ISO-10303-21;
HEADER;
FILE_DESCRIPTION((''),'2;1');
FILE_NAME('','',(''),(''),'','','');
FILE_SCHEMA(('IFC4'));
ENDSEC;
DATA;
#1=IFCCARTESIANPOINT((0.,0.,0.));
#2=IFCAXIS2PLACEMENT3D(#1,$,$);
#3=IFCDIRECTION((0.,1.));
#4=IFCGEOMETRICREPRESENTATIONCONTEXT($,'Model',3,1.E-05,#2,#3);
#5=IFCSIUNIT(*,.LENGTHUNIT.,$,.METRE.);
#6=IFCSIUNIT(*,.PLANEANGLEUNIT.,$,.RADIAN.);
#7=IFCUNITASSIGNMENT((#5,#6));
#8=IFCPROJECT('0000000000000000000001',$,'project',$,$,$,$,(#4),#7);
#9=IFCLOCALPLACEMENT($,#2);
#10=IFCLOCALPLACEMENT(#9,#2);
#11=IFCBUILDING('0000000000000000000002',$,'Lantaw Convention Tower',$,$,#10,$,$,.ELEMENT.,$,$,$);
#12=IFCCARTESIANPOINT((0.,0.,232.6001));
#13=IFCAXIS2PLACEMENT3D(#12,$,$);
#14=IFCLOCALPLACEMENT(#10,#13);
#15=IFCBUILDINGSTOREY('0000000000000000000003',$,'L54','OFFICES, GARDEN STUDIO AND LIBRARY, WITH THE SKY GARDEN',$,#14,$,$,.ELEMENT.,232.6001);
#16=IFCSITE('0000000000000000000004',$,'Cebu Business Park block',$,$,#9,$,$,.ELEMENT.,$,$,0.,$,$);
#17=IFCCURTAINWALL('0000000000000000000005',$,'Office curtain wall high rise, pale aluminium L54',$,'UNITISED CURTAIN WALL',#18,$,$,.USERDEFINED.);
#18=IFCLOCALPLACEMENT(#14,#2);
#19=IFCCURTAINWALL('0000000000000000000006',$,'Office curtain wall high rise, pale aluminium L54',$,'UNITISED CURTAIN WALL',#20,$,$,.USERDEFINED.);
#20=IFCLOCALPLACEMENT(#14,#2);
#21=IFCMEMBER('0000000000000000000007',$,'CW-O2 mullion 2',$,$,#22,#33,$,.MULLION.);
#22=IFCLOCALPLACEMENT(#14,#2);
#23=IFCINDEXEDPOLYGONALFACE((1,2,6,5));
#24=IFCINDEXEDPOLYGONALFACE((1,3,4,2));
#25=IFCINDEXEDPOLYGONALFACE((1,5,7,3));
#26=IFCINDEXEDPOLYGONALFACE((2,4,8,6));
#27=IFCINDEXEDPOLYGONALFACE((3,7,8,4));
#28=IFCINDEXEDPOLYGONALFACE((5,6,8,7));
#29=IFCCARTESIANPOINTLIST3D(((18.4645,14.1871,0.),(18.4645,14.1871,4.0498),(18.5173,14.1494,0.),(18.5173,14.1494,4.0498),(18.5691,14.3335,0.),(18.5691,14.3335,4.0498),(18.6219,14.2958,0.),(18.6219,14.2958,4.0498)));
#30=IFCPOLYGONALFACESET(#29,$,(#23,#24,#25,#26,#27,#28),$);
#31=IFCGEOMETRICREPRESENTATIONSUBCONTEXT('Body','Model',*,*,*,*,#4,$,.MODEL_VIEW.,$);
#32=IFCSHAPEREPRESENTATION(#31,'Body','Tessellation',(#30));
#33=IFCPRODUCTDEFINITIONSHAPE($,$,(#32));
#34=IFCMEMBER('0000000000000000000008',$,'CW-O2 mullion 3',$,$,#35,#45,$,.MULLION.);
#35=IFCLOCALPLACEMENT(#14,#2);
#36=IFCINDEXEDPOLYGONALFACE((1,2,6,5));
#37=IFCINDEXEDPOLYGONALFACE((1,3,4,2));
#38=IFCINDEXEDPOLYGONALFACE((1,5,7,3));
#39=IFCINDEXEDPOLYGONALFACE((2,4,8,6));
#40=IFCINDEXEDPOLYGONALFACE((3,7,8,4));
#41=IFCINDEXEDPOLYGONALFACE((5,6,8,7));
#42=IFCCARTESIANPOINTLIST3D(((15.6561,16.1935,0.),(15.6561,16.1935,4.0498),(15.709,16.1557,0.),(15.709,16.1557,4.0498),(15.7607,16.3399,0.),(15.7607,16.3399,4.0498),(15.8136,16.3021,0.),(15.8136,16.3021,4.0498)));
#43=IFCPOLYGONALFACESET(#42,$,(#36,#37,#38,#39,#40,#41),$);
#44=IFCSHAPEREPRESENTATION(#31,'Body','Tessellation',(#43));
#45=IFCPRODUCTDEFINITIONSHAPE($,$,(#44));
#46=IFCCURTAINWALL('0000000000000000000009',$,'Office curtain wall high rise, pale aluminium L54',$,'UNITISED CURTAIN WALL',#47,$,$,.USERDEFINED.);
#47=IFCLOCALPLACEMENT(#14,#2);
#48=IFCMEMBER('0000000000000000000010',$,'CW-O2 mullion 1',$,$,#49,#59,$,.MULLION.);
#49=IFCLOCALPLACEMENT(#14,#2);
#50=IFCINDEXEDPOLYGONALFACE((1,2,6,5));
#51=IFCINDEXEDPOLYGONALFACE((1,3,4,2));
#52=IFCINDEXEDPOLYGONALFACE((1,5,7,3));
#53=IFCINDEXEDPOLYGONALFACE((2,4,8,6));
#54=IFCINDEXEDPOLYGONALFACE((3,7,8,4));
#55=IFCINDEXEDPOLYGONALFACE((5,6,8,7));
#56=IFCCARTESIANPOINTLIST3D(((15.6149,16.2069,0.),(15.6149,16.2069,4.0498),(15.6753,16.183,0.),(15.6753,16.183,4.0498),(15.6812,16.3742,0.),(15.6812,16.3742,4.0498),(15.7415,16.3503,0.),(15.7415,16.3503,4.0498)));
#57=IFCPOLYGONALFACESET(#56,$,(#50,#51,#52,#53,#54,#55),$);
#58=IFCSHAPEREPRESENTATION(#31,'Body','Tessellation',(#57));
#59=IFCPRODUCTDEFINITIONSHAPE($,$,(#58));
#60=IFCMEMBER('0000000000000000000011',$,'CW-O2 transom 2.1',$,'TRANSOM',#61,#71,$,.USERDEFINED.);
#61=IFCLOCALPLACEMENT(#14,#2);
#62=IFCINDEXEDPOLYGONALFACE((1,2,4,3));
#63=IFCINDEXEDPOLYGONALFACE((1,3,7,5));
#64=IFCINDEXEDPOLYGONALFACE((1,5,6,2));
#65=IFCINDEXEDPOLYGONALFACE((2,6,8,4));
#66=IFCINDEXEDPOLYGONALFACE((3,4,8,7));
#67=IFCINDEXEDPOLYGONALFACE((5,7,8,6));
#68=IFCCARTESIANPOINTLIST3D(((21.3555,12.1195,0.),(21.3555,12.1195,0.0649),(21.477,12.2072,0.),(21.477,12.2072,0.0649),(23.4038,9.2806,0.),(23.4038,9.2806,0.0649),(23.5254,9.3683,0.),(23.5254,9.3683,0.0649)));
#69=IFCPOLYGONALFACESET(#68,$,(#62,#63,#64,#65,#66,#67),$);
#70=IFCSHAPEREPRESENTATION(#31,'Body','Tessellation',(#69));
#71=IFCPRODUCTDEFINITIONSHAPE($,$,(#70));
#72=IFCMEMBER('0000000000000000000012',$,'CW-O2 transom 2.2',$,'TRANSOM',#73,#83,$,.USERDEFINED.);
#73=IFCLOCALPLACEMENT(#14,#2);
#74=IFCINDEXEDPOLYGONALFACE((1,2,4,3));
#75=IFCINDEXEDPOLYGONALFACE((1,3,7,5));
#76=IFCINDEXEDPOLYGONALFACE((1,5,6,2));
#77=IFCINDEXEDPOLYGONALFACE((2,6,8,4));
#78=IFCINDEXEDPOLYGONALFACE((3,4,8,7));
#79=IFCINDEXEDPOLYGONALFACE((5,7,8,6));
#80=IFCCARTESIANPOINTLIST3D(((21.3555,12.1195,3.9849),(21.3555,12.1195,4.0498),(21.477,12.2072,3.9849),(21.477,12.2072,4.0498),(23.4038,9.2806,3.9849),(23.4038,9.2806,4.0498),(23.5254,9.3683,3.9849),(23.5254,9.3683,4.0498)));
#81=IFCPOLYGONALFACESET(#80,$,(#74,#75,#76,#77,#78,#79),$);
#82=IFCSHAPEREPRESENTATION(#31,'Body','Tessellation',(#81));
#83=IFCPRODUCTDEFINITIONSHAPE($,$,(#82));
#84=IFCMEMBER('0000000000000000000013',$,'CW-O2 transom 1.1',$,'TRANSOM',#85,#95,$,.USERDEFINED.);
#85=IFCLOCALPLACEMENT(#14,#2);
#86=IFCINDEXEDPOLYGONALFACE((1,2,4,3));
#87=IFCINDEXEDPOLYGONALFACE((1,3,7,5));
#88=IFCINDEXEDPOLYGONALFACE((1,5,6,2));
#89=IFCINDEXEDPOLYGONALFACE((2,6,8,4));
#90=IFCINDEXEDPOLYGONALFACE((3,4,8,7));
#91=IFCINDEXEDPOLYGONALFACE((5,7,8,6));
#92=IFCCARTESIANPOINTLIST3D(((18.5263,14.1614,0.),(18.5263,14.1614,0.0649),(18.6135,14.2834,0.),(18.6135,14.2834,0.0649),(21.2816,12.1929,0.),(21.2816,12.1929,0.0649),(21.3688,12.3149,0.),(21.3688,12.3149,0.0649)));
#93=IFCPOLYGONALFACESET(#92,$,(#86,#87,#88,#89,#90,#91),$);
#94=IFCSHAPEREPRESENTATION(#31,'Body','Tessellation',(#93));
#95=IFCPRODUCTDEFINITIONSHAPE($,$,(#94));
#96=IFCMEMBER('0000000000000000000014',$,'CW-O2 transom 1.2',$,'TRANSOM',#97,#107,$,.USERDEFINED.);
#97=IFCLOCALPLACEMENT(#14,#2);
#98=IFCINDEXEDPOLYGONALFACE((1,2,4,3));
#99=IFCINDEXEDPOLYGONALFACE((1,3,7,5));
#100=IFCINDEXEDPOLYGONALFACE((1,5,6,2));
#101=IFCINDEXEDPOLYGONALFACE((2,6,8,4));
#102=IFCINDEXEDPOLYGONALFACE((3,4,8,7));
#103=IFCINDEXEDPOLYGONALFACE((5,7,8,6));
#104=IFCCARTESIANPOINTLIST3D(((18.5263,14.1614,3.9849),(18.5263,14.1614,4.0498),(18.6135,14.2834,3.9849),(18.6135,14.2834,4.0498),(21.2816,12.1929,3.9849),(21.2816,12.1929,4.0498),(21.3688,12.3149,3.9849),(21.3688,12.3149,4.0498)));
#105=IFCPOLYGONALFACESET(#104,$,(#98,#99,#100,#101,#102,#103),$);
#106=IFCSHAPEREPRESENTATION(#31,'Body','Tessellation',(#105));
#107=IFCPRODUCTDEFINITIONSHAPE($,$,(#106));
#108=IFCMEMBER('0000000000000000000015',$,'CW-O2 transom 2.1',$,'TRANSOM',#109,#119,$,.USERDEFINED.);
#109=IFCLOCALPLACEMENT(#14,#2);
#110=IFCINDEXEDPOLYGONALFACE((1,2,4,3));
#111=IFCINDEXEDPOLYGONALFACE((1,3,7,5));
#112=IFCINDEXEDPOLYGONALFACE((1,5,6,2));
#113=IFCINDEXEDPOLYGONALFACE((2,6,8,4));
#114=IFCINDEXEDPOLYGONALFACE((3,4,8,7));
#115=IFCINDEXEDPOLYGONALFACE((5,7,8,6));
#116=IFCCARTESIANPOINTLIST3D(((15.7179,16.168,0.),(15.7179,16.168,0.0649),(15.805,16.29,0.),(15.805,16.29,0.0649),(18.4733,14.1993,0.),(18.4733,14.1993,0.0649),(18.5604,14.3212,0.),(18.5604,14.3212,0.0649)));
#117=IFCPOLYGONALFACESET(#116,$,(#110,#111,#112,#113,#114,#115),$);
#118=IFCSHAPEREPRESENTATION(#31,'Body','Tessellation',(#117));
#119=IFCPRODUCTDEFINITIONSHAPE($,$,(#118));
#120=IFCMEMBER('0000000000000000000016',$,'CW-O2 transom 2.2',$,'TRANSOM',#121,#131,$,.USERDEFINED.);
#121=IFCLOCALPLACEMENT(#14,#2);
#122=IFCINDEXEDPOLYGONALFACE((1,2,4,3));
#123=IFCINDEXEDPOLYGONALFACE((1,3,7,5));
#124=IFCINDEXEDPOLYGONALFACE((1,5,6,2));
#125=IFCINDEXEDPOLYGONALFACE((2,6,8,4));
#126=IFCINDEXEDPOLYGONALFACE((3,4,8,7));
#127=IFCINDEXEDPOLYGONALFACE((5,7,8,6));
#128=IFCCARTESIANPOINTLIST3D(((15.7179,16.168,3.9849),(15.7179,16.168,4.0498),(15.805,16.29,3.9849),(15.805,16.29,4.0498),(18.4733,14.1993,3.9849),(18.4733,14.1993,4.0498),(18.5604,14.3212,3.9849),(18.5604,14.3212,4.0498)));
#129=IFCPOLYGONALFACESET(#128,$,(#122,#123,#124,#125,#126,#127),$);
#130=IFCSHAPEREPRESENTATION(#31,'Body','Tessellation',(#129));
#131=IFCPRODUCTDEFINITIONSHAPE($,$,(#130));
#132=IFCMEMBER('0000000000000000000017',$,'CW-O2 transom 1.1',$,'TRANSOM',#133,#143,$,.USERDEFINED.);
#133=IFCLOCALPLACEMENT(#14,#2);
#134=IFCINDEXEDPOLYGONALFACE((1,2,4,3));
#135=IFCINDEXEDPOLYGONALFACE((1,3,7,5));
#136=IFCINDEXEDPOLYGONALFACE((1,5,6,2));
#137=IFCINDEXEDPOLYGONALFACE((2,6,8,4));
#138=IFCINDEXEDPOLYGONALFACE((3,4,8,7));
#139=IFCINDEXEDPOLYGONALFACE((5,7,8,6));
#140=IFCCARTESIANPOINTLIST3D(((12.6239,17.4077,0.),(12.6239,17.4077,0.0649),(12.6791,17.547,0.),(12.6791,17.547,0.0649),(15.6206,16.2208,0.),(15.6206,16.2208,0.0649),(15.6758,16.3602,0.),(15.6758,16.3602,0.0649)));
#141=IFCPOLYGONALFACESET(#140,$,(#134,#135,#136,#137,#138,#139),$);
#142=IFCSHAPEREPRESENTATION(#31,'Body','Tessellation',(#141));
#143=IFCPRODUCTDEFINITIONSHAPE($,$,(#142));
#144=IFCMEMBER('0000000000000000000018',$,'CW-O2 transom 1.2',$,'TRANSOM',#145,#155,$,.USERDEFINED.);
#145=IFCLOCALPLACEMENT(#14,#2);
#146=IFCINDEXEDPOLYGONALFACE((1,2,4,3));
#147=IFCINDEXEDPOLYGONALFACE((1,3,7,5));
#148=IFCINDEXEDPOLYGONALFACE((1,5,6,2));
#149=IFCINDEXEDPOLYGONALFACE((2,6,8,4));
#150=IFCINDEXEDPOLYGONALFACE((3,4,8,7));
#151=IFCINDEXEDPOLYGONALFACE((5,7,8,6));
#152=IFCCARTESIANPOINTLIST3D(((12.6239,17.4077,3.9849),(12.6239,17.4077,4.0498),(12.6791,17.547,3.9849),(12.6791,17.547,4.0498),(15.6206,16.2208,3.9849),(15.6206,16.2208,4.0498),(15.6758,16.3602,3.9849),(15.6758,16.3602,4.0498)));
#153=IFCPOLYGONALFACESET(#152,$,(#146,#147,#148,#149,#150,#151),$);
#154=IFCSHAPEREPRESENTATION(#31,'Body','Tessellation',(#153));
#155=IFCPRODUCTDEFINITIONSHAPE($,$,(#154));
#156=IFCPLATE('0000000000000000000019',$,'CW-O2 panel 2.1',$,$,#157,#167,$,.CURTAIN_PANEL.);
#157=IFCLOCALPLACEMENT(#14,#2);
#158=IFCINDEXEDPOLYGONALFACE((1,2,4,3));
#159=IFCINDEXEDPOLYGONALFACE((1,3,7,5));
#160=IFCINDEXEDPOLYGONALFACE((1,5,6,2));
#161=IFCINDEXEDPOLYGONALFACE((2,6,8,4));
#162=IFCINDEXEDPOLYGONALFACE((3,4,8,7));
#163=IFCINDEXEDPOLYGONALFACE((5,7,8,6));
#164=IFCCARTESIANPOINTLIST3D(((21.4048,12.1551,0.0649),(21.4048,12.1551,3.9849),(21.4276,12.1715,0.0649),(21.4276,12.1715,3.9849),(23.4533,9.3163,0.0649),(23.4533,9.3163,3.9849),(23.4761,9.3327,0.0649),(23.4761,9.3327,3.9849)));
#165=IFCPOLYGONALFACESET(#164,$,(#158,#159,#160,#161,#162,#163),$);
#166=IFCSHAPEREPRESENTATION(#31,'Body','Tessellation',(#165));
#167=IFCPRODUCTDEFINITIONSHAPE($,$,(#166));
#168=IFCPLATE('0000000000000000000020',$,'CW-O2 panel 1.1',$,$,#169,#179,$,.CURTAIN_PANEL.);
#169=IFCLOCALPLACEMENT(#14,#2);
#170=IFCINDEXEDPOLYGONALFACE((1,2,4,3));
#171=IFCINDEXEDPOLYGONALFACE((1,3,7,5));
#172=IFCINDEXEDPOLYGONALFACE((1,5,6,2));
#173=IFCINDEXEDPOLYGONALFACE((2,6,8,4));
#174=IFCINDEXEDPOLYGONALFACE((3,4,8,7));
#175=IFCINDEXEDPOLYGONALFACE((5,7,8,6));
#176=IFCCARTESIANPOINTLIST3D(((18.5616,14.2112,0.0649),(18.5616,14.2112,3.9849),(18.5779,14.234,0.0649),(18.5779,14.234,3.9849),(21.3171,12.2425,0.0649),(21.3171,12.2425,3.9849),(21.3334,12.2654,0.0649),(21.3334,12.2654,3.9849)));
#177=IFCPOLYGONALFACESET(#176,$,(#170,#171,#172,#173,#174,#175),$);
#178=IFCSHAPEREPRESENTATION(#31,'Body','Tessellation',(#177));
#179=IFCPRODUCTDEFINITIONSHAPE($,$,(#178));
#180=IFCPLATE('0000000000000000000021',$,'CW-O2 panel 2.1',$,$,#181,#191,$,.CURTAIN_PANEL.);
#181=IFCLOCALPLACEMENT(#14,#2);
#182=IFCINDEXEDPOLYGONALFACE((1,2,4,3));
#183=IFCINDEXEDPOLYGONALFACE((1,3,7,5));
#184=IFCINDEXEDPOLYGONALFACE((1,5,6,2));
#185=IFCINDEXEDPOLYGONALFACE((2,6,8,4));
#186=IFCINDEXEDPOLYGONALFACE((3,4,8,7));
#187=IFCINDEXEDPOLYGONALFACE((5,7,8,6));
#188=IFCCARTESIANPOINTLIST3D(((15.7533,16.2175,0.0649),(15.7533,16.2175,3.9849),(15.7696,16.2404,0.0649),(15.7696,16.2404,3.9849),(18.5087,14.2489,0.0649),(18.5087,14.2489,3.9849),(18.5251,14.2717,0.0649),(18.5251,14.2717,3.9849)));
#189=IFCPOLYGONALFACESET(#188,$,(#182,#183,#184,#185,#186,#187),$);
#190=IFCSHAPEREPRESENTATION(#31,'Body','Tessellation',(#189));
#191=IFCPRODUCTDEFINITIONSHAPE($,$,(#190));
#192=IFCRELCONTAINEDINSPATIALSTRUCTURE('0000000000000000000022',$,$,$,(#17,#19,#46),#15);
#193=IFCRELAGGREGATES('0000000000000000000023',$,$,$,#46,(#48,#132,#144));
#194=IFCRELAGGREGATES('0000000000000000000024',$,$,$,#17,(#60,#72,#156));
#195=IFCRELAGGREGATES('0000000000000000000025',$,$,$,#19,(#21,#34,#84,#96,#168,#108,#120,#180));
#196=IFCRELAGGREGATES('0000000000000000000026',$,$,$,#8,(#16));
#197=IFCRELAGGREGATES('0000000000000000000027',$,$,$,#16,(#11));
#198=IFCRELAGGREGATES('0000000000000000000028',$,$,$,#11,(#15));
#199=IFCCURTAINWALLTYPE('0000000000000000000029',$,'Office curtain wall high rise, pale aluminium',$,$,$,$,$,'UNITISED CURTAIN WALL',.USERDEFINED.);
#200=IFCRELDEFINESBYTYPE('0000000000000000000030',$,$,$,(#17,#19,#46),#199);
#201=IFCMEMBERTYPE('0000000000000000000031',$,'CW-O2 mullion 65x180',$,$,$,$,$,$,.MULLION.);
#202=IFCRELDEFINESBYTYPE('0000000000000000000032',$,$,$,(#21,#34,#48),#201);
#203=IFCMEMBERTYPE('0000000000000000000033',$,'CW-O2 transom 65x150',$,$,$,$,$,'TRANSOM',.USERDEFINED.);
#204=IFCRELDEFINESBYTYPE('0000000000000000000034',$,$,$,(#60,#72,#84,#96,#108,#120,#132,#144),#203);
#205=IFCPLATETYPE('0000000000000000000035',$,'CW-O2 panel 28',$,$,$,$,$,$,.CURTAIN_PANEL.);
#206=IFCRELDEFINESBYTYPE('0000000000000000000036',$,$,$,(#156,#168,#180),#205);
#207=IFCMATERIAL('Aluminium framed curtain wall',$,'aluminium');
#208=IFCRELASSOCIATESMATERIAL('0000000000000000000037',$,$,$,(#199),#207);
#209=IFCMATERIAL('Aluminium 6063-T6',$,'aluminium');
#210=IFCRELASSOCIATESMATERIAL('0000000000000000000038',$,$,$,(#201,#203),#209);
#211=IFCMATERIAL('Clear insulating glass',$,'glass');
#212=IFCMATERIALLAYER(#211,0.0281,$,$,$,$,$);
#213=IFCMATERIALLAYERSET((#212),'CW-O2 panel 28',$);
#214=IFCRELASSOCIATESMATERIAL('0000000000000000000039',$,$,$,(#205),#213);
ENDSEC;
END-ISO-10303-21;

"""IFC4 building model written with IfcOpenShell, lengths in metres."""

from ifc_helpers import new_model, si_unit, direction, frame, origin, origin_2d, place, context, subcontext, project, spatial, rectangle, extrude, material, layer, layer_set, material_profile, profile_set, type_object, element, aggregate, save


model = new_model("IFC4")

# Units and contexts
model_context = context("Model", 3, precision=1e-05, world=origin(), true_north=direction((0.0, 1.0)))
body_context = subcontext(model_context, "Body", "Model", "MODEL_VIEW")
ifc_project = project(units=[si_unit("LENGTHUNIT", "METRE"), si_unit("PLANEANGLEUNIT", "RADIAN")], contexts=[model_context])

# Site, building, storey
site_placement = place(None, origin())
site = spatial("IfcSite", under=ifc_project, at=site_placement, Name="Cebu Business Park block", CompositionType="ELEMENT", RefElevation=0.0)
building_placement = place(site_placement, origin())
building = spatial("IfcBuilding", under=site, at=building_placement, Name="Lantaw Convention Tower", CompositionType="ELEMENT")
storey_placement = place(building_placement, frame((0.0, 0.0, 232.6001)))
storey = spatial("IfcBuildingStorey", under=building, at=storey_placement, Name="L54", Description="OFFICES, GARDEN STUDIO AND LIBRARY, WITH THE SKY GARDEN", CompositionType="ELEMENT", Elevation=232.6001)

# Curtain walls, members
ifc_material_1 = material(Name="Aluminium framed curtain wall", Category="aluminium")
curtain_wall_type = type_object("IfcCurtainWallType", Name="Office curtain wall high rise, pale aluminium", ElementType="UNITISED CURTAIN WALL", PredefinedType="USERDEFINED", material=ifc_material_1)
curtain_wall_1_placement = place(storey_placement, origin())
curtain_wall_1 = element("IfcCurtainWall", 1, at=curtain_wall_1_placement, inside=storey, type_object=curtain_wall_type, Name="Office curtain wall high rise, pale aluminium L54", ObjectType="UNITISED CURTAIN WALL", PredefinedType="USERDEFINED")
ifc_material_2 = material(Name="Aluminium 6063-T6", Category="aluminium")
ifc_material_profile_1 = material_profile(ifc_material_2, rectangle(XDim=0.1799, YDim=0.0649, at=origin_2d()), Name="CW-O2 mullion 65x180")
ifc_profile_set_1 = profile_set([ifc_material_profile_1], Name="Aluminium 6063-T6")
member_type_1 = type_object("IfcMemberType", Name="CW-O2 mullion 65x180", PredefinedType="MULLION", material=ifc_profile_set_1)
curtain_wall_2_placement = place(storey_placement, origin())
curtain_wall_2 = element("IfcCurtainWall", 2, at=curtain_wall_2_placement, inside=storey, type_object=curtain_wall_type, Name="Office curtain wall high rise, pale aluminium L54", ObjectType="UNITISED CURTAIN WALL", PredefinedType="USERDEFINED")
member_1_placement = place(storey_placement, frame((18.5432, 14.2415, 0.0), z_axis=(0.0, 0.0, 1.0), x_axis=(-0.581323, -0.813673, 0.0)))
member_1 = element("IfcMember", 3, at=member_1_placement, type_object=member_type_1, Name="CW-O2 mullion 2", PredefinedType="MULLION", context=body_context, shape_type="SweptSolid", body=[
    extrude(rectangle(XDim=0.1799, YDim=0.0649, at=origin_2d()), origin(), (0.0, 0.0, 1.0), 4.0498),
])
member_2_placement = place(storey_placement, frame((15.7349, 16.2478, 0.0), z_axis=(0.0, 0.0, 1.0), x_axis=(-0.581323, -0.813673, 0.0)))
member_2 = element("IfcMember", 4, at=member_2_placement, type_object=member_type_1, Name="CW-O2 mullion 3", PredefinedType="MULLION", context=body_context, shape_type="SweptSolid", body=[
    extrude(rectangle(XDim=0.1799, YDim=0.0649, at=origin_2d()), origin(), (0.0, 0.0, 1.0), 4.0498),
])

# Curtain wall, member
curtain_wall_3_placement = place(storey_placement, origin())
curtain_wall_3 = element("IfcCurtainWall", 5, at=curtain_wall_3_placement, inside=storey, type_object=curtain_wall_type, Name="Office curtain wall high rise, pale aluminium L54", ObjectType="UNITISED CURTAIN WALL", PredefinedType="USERDEFINED")
member_3_placement = place(storey_placement, frame((15.6782, 16.2786, 0.0), z_axis=(0.0, 0.0, 1.0), x_axis=(-0.368162, -0.929762, 0.0)))
member_3 = element("IfcMember", 6, at=member_3_placement, type_object=member_type_1, Name="CW-O2 mullion 1", PredefinedType="MULLION", context=body_context, shape_type="SweptSolid", body=[
    extrude(rectangle(XDim=0.1799, YDim=0.0649, at=origin_2d()), origin(), (0.0, 0.0, 1.0), 4.0498),
])

# Members
ifc_material_profile_2 = material_profile(ifc_material_2, rectangle(XDim=0.1499, YDim=0.0649, at=origin_2d()), Name="CW-O2 transom 65x150")
ifc_profile_set_2 = profile_set([ifc_material_profile_2], Name="Aluminium 6063-T6")
member_type_2 = type_object("IfcMemberType", Name="CW-O2 transom 65x150", ElementType="TRANSOM", PredefinedType="USERDEFINED", material=ifc_profile_set_2)
member_4_placement = place(storey_placement, frame((23.4646, 9.3245, 0.0325), z_axis=(-0.585124, 0.810944, 0.0), x_axis=(-0.810944, -0.585124, 0.0)))
member_4 = element("IfcMember", 7, at=member_4_placement, type_object=member_type_2, Name="CW-O2 transom 2.1", ObjectType="TRANSOM", PredefinedType="USERDEFINED", context=body_context, shape_type="SweptSolid", body=[
    extrude(rectangle(XDim=0.1499, YDim=0.0649, at=origin_2d()), origin(), (0.0, 0.0, 1.0), 3.5007),
])
member_5_placement = place(storey_placement, frame((23.4646, 9.3245, 4.0173), z_axis=(-0.585124, 0.810944, 0.0), x_axis=(-0.810944, -0.585124, 0.0)))
member_5 = element("IfcMember", 8, at=member_5_placement, type_object=member_type_2, Name="CW-O2 transom 2.2", ObjectType="TRANSOM", PredefinedType="USERDEFINED", context=body_context, shape_type="SweptSolid", body=[
    extrude(rectangle(XDim=0.1499, YDim=0.0649, at=origin_2d()), origin(), (0.0, 0.0, 1.0), 3.5007),
])
member_6_placement = place(storey_placement, frame((21.3252, 12.2539, 0.0325), z_axis=(-0.81368, 0.581313, 0.0), x_axis=(-0.581313, -0.81368, 0.0)))
member_6 = element("IfcMember", 9, at=member_6_placement, type_object=member_type_2, Name="CW-O2 transom 1.1", ObjectType="TRANSOM", PredefinedType="USERDEFINED", context=body_context, shape_type="SweptSolid", body=[
    extrude(rectangle(XDim=0.1499, YDim=0.0649, at=origin_2d()), origin(), (0.0, 0.0, 1.0), 3.3862),
])
member_7_placement = place(storey_placement, frame((21.3252, 12.2539, 4.0173), z_axis=(-0.81368, 0.581313, 0.0), x_axis=(-0.581313, -0.81368, 0.0)))
member_7 = element("IfcMember", 10, at=member_7_placement, type_object=member_type_2, Name="CW-O2 transom 1.2", ObjectType="TRANSOM", PredefinedType="USERDEFINED", context=body_context, shape_type="SweptSolid", body=[
    extrude(rectangle(XDim=0.1499, YDim=0.0649, at=origin_2d()), origin(), (0.0, 0.0, 1.0), 3.3862),
])
member_8_placement = place(storey_placement, frame((18.5168, 14.2603, 0.0325), z_axis=(-0.813646, 0.581361, 0.0), x_axis=(-0.581361, -0.813646, 0.0)))
member_8 = element("IfcMember", 11, at=member_8_placement, type_object=member_type_2, Name="CW-O2 transom 2.1", ObjectType="TRANSOM", PredefinedType="USERDEFINED", context=body_context, shape_type="SweptSolid", body=[
    extrude(rectangle(XDim=0.1499, YDim=0.0649, at=origin_2d()), origin(), (0.0, 0.0, 1.0), 3.3865),
])
member_9_placement = place(storey_placement, frame((18.5168, 14.2603, 4.0173), z_axis=(-0.813646, 0.581361, 0.0), x_axis=(-0.581361, -0.813646, 0.0)))
member_9 = element("IfcMember", 12, at=member_9_placement, type_object=member_type_2, Name="CW-O2 transom 2.2", ObjectType="TRANSOM", PredefinedType="USERDEFINED", context=body_context, shape_type="SweptSolid", body=[
    extrude(rectangle(XDim=0.1499, YDim=0.0649, at=origin_2d()), origin(), (0.0, 0.0, 1.0), 3.3865),
])
member_10_placement = place(storey_placement, frame((15.6482, 16.2905, 0.0325), z_axis=(-0.929741, 0.368215, 0.0), x_axis=(-0.368215, -0.929741, 0.0)))
member_10 = element("IfcMember", 13, at=member_10_placement, type_object=member_type_2, Name="CW-O2 transom 1.1", ObjectType="TRANSOM", PredefinedType="USERDEFINED", context=body_context, shape_type="SweptSolid", body=[
    extrude(rectangle(XDim=0.1499, YDim=0.0649, at=origin_2d()), origin(), (0.0, 0.0, 1.0), 3.2231),
])
member_11_placement = place(storey_placement, frame((15.6482, 16.2905, 4.0173), z_axis=(-0.929741, 0.368215, 0.0), x_axis=(-0.368215, -0.929741, 0.0)))
member_11 = element("IfcMember", 14, at=member_11_placement, type_object=member_type_2, Name="CW-O2 transom 1.2", ObjectType="TRANSOM", PredefinedType="USERDEFINED", context=body_context, shape_type="SweptSolid", body=[
    extrude(rectangle(XDim=0.1499, YDim=0.0649, at=origin_2d()), origin(), (0.0, 0.0, 1.0), 3.2231),
])
aggregate(curtain_wall_3, [member_3, member_10, member_11])

# Plates
ifc_material_3 = material(Name="Clear insulating glass", Category="glass")
ifc_layer_1 = layer(ifc_material_3, 0.0281)
ifc_layer_set_1 = layer_set([ifc_layer_1], Name="CW-O2 panel 28")
plate_type_1 = type_object("IfcPlateType", Name="CW-O2 panel 28", PredefinedType="CURTAIN_PANEL", material=ifc_layer_set_1)
plate_1_placement = place(storey_placement, frame((22.4404, 10.7439, 0.0649), z_axis=(0.0, 0.0, 1.0), x_axis=(-0.585158, 0.81092, 0.0)))
plate_1 = element("IfcPlate", 15, at=plate_1_placement, type_object=plate_type_1, Name="CW-O2 panel 2.1", PredefinedType="CURTAIN_PANEL", context=body_context, shape_type="SweptSolid", body=[
    extrude(rectangle(XDim=3.5007, YDim=0.0281, at=origin_2d()), origin(), (0.0, 0.0, 1.0), 3.9199),
])
aggregate(curtain_wall_1, [member_4, member_5, plate_1])
plate_2_placement = place(storey_placement, frame((19.9475, 13.2383, 0.0649), z_axis=(0.0, 0.0, 1.0), x_axis=(-0.813673, 0.581323, 0.0)))
plate_2 = element("IfcPlate", 16, at=plate_2_placement, type_object=plate_type_1, Name="CW-O2 panel 1.1", PredefinedType="CURTAIN_PANEL", context=body_context, shape_type="SweptSolid", body=[
    extrude(rectangle(XDim=3.3865, YDim=0.0281, at=origin_2d()), origin(), (0.0, 0.0, 1.0), 3.9199),
])
plate_3_placement = place(storey_placement, frame((17.1392, 15.2446, 0.0649), z_axis=(0.0, 0.0, 1.0), x_axis=(-0.813673, 0.581323, 0.0)))
plate_3 = element("IfcPlate", 17, at=plate_3_placement, type_object=plate_type_1, Name="CW-O2 panel 2.1", PredefinedType="CURTAIN_PANEL", context=body_context, shape_type="SweptSolid", body=[
    extrude(rectangle(XDim=3.3865, YDim=0.0281, at=origin_2d()), origin(), (0.0, 0.0, 1.0), 3.9199),
])
aggregate(curtain_wall_2, [member_1, member_2, member_6, member_7, plate_2, member_8, member_9, plate_3])

save(model, "model.ifc")
